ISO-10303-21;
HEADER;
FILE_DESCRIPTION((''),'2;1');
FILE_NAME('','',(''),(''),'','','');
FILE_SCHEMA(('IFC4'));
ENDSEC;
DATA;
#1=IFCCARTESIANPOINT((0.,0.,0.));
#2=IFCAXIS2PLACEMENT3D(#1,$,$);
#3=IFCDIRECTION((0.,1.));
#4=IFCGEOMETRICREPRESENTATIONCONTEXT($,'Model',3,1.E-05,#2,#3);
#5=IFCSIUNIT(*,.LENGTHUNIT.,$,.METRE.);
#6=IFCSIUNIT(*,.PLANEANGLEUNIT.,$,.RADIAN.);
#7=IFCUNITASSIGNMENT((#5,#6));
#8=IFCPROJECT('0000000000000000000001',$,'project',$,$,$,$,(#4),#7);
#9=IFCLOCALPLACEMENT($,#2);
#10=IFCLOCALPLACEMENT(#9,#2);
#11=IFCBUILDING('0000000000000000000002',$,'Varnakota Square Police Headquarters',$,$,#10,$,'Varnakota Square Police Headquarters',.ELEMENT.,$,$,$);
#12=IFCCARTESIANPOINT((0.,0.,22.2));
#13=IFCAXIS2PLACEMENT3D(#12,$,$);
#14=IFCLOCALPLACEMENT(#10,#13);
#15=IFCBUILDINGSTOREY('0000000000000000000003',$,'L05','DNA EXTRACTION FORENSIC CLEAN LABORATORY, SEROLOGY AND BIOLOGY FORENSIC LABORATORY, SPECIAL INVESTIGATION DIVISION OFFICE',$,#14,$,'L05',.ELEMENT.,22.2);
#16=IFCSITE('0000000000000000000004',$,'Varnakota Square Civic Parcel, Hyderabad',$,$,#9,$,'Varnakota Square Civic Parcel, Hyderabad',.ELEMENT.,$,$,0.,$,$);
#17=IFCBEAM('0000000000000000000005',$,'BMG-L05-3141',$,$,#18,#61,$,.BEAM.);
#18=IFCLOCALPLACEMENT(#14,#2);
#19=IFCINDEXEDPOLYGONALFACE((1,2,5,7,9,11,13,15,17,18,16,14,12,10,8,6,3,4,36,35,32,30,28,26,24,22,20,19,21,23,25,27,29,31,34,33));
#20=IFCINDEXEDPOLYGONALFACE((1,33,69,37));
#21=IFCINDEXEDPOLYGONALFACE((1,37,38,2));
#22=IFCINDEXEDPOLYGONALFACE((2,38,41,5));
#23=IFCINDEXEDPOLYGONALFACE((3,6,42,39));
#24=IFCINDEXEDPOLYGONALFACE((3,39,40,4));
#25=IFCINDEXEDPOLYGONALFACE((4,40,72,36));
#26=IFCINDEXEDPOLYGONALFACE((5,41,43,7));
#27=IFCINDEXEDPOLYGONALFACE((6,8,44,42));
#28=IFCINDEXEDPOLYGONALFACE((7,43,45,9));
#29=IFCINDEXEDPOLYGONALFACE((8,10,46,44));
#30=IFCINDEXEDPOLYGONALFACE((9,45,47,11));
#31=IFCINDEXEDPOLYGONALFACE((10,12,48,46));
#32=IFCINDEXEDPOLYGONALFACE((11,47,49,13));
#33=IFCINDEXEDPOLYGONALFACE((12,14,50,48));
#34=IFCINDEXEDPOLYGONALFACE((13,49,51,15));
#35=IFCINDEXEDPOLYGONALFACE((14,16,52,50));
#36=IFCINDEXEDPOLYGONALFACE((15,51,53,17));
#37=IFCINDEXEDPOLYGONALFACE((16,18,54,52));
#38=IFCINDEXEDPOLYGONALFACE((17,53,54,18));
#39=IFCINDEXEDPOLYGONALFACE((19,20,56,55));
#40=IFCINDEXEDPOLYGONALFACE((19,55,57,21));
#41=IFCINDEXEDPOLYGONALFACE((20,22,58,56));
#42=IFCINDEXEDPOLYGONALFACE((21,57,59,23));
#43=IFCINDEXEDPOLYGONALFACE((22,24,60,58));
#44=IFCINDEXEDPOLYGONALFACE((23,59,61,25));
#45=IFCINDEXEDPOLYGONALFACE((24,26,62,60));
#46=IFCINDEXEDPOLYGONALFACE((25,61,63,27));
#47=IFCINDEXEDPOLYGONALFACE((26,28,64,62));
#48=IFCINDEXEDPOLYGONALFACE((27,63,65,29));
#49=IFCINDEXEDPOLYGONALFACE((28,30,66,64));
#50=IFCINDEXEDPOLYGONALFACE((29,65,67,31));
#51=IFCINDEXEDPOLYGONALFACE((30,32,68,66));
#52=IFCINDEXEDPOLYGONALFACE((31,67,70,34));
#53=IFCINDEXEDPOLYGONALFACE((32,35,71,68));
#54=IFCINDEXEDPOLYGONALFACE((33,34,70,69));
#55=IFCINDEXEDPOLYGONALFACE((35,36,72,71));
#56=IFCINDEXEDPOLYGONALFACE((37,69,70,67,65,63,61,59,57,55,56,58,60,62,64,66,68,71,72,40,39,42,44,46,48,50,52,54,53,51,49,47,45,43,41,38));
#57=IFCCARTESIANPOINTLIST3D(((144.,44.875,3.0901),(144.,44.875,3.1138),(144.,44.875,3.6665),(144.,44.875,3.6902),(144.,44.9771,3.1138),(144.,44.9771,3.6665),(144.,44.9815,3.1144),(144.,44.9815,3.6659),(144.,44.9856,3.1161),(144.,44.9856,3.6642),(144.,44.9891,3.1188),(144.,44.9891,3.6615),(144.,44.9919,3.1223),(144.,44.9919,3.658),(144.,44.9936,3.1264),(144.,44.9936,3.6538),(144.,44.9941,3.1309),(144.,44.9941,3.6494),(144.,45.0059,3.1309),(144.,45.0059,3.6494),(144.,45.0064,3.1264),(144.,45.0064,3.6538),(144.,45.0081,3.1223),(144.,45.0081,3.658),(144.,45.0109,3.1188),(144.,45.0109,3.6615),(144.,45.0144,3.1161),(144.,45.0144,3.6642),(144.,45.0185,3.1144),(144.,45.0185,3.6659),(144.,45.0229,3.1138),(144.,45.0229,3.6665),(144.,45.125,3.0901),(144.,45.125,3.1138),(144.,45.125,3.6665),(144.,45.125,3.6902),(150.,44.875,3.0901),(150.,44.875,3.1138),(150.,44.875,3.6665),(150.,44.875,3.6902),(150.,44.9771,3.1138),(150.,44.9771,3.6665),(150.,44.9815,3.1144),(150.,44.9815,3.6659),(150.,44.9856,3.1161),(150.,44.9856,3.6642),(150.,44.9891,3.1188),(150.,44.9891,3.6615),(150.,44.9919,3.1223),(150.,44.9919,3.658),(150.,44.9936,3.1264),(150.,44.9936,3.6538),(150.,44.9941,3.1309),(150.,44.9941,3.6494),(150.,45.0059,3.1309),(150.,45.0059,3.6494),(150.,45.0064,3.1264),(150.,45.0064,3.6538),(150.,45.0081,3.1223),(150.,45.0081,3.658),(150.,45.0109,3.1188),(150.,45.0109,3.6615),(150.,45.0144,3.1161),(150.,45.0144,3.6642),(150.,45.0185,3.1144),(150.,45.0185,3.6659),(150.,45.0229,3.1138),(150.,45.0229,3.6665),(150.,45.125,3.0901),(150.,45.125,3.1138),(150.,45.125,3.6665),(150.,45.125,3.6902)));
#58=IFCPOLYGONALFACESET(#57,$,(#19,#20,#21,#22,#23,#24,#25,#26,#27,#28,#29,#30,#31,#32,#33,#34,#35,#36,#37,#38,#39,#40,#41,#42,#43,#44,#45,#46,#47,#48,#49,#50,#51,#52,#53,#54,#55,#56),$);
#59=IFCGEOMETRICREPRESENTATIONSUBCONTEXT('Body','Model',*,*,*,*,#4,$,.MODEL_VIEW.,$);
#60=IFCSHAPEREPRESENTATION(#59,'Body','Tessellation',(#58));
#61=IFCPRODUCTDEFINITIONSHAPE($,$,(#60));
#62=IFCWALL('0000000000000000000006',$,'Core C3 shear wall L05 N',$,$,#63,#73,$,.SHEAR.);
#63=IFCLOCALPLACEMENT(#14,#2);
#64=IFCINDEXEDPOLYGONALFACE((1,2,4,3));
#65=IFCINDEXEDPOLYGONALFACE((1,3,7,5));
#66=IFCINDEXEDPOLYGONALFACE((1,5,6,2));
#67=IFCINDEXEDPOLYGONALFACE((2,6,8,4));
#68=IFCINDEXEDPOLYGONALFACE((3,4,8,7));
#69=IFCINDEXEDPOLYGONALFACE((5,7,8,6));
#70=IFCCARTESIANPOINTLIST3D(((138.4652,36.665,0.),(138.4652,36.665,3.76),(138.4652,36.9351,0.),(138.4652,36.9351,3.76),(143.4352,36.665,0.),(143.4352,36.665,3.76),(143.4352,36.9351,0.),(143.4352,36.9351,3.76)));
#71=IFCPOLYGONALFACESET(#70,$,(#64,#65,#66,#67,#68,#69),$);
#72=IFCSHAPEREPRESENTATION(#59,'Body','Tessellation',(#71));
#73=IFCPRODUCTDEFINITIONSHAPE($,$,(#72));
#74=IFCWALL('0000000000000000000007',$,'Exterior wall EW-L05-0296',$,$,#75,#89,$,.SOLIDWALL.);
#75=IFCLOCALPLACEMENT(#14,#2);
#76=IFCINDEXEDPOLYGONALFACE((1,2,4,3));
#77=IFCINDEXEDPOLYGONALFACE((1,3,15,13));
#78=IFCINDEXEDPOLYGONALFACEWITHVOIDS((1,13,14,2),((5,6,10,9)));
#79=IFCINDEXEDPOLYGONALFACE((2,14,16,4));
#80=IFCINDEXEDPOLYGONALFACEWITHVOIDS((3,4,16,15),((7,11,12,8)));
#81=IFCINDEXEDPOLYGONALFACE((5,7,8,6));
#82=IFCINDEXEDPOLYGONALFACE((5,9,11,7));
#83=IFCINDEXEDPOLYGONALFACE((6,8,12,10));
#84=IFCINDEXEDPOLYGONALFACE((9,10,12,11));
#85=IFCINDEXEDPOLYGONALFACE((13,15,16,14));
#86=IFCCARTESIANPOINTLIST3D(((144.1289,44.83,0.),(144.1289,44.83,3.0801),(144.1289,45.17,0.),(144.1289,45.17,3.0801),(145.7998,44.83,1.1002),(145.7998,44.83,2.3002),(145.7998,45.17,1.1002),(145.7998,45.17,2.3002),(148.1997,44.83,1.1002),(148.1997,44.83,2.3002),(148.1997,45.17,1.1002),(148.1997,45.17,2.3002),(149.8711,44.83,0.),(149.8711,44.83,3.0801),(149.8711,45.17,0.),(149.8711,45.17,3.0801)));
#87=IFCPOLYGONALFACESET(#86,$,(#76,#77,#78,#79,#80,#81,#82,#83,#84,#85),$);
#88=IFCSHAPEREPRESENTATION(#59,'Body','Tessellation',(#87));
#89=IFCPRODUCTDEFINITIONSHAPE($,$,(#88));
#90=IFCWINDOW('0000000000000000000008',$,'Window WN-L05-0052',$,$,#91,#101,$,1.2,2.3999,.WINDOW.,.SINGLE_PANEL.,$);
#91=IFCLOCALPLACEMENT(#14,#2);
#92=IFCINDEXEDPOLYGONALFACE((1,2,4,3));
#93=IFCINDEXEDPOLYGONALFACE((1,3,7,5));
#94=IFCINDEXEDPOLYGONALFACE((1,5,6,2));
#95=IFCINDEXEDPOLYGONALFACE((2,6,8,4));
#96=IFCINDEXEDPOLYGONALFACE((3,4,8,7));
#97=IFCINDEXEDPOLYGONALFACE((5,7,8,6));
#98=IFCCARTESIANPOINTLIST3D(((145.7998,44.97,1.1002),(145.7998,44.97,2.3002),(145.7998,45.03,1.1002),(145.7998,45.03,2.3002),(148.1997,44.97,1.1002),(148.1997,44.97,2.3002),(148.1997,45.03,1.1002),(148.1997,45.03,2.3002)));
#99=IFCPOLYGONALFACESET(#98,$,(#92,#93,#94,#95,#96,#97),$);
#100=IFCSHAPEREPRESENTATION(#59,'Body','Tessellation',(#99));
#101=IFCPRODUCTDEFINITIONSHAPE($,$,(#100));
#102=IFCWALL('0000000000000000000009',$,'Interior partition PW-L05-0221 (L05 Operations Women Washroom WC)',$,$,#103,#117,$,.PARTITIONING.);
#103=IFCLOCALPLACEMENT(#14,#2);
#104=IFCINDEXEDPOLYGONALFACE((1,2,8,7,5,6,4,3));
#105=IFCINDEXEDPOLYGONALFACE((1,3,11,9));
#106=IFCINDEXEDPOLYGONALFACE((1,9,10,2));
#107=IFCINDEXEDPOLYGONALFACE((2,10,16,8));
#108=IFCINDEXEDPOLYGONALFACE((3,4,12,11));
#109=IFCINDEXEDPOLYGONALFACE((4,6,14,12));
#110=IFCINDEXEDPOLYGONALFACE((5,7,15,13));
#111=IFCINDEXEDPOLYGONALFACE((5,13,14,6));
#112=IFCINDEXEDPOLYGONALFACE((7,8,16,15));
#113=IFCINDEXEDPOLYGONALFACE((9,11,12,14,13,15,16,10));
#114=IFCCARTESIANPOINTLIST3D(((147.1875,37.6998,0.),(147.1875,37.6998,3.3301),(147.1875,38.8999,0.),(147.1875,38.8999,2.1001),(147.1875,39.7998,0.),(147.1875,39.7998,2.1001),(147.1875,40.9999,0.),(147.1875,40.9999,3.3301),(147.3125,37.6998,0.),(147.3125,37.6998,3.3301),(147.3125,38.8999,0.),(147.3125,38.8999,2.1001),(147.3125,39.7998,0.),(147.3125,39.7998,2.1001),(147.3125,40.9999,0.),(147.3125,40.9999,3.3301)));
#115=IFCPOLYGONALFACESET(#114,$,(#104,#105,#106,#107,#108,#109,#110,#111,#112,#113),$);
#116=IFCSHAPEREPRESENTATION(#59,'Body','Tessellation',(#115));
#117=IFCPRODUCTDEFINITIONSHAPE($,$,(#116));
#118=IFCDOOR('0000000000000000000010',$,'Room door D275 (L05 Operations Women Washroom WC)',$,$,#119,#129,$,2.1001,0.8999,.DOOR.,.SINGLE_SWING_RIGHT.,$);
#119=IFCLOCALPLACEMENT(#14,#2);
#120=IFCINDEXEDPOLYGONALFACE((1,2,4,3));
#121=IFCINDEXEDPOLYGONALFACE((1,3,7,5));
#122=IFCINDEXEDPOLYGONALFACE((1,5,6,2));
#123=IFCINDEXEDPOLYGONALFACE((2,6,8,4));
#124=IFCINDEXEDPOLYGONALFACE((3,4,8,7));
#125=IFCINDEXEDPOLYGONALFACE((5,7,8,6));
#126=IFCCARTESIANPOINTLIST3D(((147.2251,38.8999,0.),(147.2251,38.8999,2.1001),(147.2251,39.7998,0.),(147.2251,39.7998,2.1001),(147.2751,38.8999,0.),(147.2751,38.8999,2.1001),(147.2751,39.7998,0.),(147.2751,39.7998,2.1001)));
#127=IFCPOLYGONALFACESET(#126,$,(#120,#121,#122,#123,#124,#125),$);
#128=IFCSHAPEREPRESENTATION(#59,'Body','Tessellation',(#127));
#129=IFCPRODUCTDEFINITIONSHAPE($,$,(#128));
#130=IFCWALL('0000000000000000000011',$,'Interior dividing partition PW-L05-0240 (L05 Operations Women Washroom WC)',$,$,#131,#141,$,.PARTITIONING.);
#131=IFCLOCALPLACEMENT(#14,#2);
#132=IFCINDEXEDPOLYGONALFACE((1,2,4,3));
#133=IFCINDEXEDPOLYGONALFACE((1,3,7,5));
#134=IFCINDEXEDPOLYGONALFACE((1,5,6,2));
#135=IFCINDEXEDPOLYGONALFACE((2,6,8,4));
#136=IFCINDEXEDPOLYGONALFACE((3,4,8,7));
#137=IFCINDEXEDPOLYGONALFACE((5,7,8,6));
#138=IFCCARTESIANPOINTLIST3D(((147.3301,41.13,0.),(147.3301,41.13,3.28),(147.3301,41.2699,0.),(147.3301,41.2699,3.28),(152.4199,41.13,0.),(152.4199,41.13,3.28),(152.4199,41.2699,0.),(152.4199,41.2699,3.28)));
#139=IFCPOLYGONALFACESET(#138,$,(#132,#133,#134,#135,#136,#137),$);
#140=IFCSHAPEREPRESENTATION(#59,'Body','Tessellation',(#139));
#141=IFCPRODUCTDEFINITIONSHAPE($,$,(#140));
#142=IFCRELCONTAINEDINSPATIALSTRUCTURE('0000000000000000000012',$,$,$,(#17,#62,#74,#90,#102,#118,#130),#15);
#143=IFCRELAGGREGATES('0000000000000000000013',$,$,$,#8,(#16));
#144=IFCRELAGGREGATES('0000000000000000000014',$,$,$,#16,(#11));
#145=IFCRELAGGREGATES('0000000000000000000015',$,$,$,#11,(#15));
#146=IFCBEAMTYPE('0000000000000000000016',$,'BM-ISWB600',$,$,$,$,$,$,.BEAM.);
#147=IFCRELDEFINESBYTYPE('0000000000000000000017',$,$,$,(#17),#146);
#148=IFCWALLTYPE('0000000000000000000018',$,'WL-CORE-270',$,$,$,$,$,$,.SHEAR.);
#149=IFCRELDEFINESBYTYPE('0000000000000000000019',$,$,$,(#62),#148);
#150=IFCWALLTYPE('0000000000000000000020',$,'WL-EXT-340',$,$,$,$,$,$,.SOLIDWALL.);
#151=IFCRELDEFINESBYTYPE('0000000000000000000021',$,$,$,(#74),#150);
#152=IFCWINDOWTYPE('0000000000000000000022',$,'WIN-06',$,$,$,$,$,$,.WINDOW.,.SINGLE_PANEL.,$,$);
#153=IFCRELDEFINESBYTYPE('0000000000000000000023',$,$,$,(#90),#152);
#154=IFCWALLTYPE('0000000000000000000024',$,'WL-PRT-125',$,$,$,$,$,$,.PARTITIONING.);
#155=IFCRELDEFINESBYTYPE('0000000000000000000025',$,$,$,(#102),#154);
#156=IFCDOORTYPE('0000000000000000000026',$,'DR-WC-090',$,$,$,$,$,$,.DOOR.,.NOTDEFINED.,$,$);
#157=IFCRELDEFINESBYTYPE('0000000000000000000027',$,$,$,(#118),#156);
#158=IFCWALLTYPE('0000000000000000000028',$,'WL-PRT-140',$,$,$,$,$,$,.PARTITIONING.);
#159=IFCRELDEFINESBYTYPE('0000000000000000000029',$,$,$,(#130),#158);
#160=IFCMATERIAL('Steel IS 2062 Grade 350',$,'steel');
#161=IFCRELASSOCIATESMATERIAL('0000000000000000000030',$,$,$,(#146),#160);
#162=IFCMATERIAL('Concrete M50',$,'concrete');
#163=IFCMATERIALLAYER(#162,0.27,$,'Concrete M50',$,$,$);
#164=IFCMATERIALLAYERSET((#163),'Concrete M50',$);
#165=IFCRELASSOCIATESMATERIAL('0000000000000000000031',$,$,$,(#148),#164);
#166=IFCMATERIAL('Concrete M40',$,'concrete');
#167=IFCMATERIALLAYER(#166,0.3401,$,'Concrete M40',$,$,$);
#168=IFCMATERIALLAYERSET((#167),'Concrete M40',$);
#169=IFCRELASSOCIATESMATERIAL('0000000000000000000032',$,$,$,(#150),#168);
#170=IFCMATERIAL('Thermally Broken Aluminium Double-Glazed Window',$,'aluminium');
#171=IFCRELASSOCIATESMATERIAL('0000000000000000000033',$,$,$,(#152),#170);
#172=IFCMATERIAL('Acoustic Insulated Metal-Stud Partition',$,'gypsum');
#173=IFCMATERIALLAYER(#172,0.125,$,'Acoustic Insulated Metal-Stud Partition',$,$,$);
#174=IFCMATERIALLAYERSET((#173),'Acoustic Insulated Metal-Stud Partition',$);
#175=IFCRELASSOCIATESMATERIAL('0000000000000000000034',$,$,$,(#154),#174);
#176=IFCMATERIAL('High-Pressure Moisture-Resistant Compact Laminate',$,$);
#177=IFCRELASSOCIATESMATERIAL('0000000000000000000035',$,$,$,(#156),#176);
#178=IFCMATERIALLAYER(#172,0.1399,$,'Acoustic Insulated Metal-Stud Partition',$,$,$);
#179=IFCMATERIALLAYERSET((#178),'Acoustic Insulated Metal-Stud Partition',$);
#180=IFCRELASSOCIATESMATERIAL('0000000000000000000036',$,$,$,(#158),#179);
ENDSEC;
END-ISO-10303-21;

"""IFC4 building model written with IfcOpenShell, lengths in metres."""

from ifc_helpers import new_model, si_unit, direction, frame, frame_2d, origin, origin_2d, place, context, subcontext, project, spatial, rectangle, i_section, extrude, material, layer, layer_set, material_profile, profile_set, type_object, element, fill, save


model = new_model("IFC4")

# Units and contexts
model_context = context("Model", 3, precision=1e-05, world=origin(), true_north=direction((0.0, 1.0)))
body_context = subcontext(model_context, "Body", "Model", "MODEL_VIEW")
ifc_project = project(units=[si_unit("LENGTHUNIT", "METRE"), si_unit("PLANEANGLEUNIT", "RADIAN")], contexts=[model_context])

# Site, building, storey
site_placement = place(None, origin())
site = spatial("IfcSite", under=ifc_project, at=site_placement, Name="Varnakota Square Civic Parcel, Hyderabad", LongName="Varnakota Square Civic Parcel, Hyderabad", CompositionType="ELEMENT", RefElevation=0.0)
building_placement = place(site_placement, origin())
building = spatial("IfcBuilding", under=site, at=building_placement, Name="Varnakota Square Police Headquarters", LongName="Varnakota Square Police Headquarters", CompositionType="ELEMENT")
storey_placement = place(building_placement, frame((0.0, 0.0, 22.2)))
storey = spatial("IfcBuildingStorey", under=building, at=storey_placement, Name="L05", Description="DNA EXTRACTION FORENSIC CLEAN LABORATORY, SEROLOGY AND BIOLOGY FORENSIC LABORATORY, SPECIAL INVESTIGATION DIVISION OFFICE", LongName="L05", CompositionType="ELEMENT", Elevation=22.2)

# Shared definitions
ifc_material_1 = material(Name="Steel IS 2062 Grade 350", Category="steel")

# Beam
ifc_material_profile_1 = material_profile(ifc_material_1, i_section(OverallWidth=0.25, OverallDepth=0.6001, WebThickness=0.0117, FlangeThickness=0.0237, FilletRadius=0.0171, at=origin_2d()), Name="ISWB 600")
ifc_profile_set_1 = profile_set([ifc_material_profile_1], Name="Steel IS 2062 Grade 350")
beam_type_1 = type_object("IfcBeamType", Name="BM-ISWB600", PredefinedType="BEAM", material=ifc_profile_set_1)
beam_1_placement = place(storey_placement, frame((144.0, 45.0, 3.3901), z_axis=(1.0, 0.0, 0.0), x_axis=(0.0, 1.0, 0.0)))
element("IfcBeam", 1, at=beam_1_placement, inside=storey, type_object=beam_type_1, Name="BMG-L05-3141", PredefinedType="BEAM", context=body_context, shape_type="SweptSolid", body=[
    extrude(i_section(OverallWidth=0.25, OverallDepth=0.6001, WebThickness=0.0117, FlangeThickness=0.0237, FilletRadius=0.0171, at=origin_2d()), origin(), (0.0, 0.0, 1.0), 6.0),
])

# Wall
ifc_material_2 = material(Name="Concrete M50", Category="concrete")
ifc_layer_1 = layer(ifc_material_2, 0.27, Name="Concrete M50")
ifc_layer_set_1 = layer_set([ifc_layer_1], Name="Concrete M50")
wall_type_1 = type_object("IfcWallType", Name="WL-CORE-270", PredefinedType="SHEAR", material=ifc_layer_set_1)
wall_1_placement = place(storey_placement, frame((143.4351, 36.8, 0.0), z_axis=(0.0, 0.0, 1.0), x_axis=(-1.0, 0.0, 0.0)))
element("IfcWall", 2, at=wall_1_placement, inside=storey, type_object=wall_type_1, Name="Core C3 shear wall L05 N", PredefinedType="SHEAR", context=body_context, shape_type="SweptSolid", body=[
    extrude(rectangle(XDim=4.97, YDim=0.27, at=frame_2d((2.4849, 0.0))), origin(), (0.0, 0.0, 1.0), 3.76),
])

# Wall, opening, window
ifc_material_3 = material(Name="Concrete M40", Category="concrete")
ifc_layer_2 = layer(ifc_material_3, 0.3401, Name="Concrete M40")
ifc_layer_set_2 = layer_set([ifc_layer_2], Name="Concrete M40")
wall_type_2 = type_object("IfcWallType", Name="WL-EXT-340", PredefinedType="SOLIDWALL", material=ifc_layer_set_2)
wall_2_placement = place(storey_placement, frame((144.1289, 45.0, 0.0), z_axis=(0.0, 0.0, 1.0), x_axis=(1.0, 0.0, 0.0)))
wall_2 = element("IfcWall", 3, at=wall_2_placement, inside=storey, type_object=wall_type_2, Name="Exterior wall EW-L05-0296", PredefinedType="SOLIDWALL", context=body_context, shape_type="SweptSolid", body=[
    extrude(rectangle(XDim=5.7422, YDim=0.3401, at=frame_2d((2.8711, 0.0))), origin(), (0.0, 0.0, 1.0), 3.0801),
])
opening_1_placement = place(wall_2_placement, frame((1.6709, 0.0, 1.1001)))
opening_1 = element("IfcOpeningElement", 4, at=opening_1_placement, cuts=wall_2, PredefinedType="OPENING", context=body_context, shape_type="SweptSolid", body=[
    extrude(rectangle(XDim=2.3999, YDim=1.2, at=frame_2d((1.2, 0.6001))), frame((0.0, 0.1799, 0.0), z_axis=(0.0, -1.0, 0.0), x_axis=(1.0, 0.0, 0.0)), (0.0, 0.0, 1.0), 0.3601),
])
ifc_material_4 = material(Name="Thermally Broken Aluminium Double-Glazed Window", Category="aluminium")
window_type = type_object("IfcWindowType", Name="WIN-06", PartitioningType="SINGLE_PANEL", PredefinedType="WINDOW", material=ifc_material_4)
window_placement = place(opening_1_placement, origin())
window = element("IfcWindow", 5, at=window_placement, inside=storey, type_object=window_type, Name="Window WN-L05-0052", OverallHeight=1.2, OverallWidth=2.3999, PartitioningType="SINGLE_PANEL", PredefinedType="WINDOW", context=body_context, shape_type="SweptSolid", body=[
    extrude(rectangle(XDim=2.3999, YDim=1.2, at=frame_2d((1.2, 0.6001))), frame((0.0, 0.03, 0.0), z_axis=(0.0, -1.0, 0.0), x_axis=(1.0, 0.0, 0.0)), (0.0, 0.0, 1.0), 0.0601),
])
fill(opening_1, window)

# Wall, opening, door
ifc_material_5 = material(Name="Acoustic Insulated Metal-Stud Partition", Category="gypsum")
ifc_layer_3 = layer(ifc_material_5, 0.125, Name="Acoustic Insulated Metal-Stud Partition")
ifc_layer_set_3 = layer_set([ifc_layer_3], Name="Acoustic Insulated Metal-Stud Partition")
wall_type_3 = type_object("IfcWallType", Name="WL-PRT-125", PredefinedType="PARTITIONING", material=ifc_layer_set_3)
wall_3_placement = place(storey_placement, frame((147.25, 37.7, 0.0), z_axis=(0.0, 0.0, 1.0), x_axis=(0.0, 1.0, 0.0)))
wall_3 = element("IfcWall", 6, at=wall_3_placement, inside=storey, type_object=wall_type_3, Name="Interior partition PW-L05-0221 (L05 Operations Women Washroom WC)", PredefinedType="PARTITIONING", context=body_context, shape_type="SweptSolid", body=[
    extrude(rectangle(XDim=3.3, YDim=0.125, at=frame_2d((1.6499, 0.0))), origin(), (0.0, 0.0, 1.0), 3.3301),
])
opening_2_placement = place(wall_3_placement, frame((1.2, 0.0, 0.0)))
opening_2 = element("IfcOpeningElement", 7, at=opening_2_placement, cuts=wall_3, PredefinedType="OPENING", context=body_context, shape_type="SweptSolid", body=[
    extrude(rectangle(XDim=0.8999, YDim=2.1001, at=frame_2d((0.45, 1.05))), frame((0.0, 0.0725, 0.0), z_axis=(0.0, -1.0, 0.0), x_axis=(1.0, 0.0, 0.0)), (0.0, 0.0, 1.0), 0.145),
])
ifc_material_6 = material(Name="High-Pressure Moisture-Resistant Compact Laminate")
door_type = type_object("IfcDoorType", Name="DR-WC-090", OperationType="NOTDEFINED", PredefinedType="DOOR", material=ifc_material_6)
door_placement = place(opening_2_placement, origin())
door = element("IfcDoor", 8, at=door_placement, inside=storey, type_object=door_type, Name="Room door D275 (L05 Operations Women Washroom WC)", OperationType="SINGLE_SWING_RIGHT", OverallHeight=2.1001, OverallWidth=0.8999, PredefinedType="DOOR", context=body_context, shape_type="SweptSolid", body=[
    extrude(rectangle(XDim=0.8999, YDim=2.1001, at=frame_2d((0.45, 1.05))), frame((0.0, 0.0249, 0.0), z_axis=(0.0, -1.0, 0.0), x_axis=(1.0, 0.0, 0.0)), (0.0, 0.0, 1.0), 0.05),
])
fill(opening_2, door)

# Wall
ifc_layer_4 = layer(ifc_material_5, 0.1399, Name="Acoustic Insulated Metal-Stud Partition")
ifc_layer_set_4 = layer_set([ifc_layer_4], Name="Acoustic Insulated Metal-Stud Partition")
wall_type_4 = type_object("IfcWallType", Name="WL-PRT-140", PredefinedType="PARTITIONING", material=ifc_layer_set_4)
wall_4_placement = place(storey_placement, frame((147.3301, 41.2, 0.0), z_axis=(0.0, 0.0, 1.0), x_axis=(1.0, 0.0, 0.0)))
element("IfcWall", 9, at=wall_4_placement, inside=storey, type_object=wall_type_4, Name="Interior dividing partition PW-L05-0240 (L05 Operations Women Washroom WC)", PredefinedType="PARTITIONING", context=body_context, shape_type="SweptSolid", body=[
    extrude(rectangle(XDim=5.0898, YDim=0.1399, at=frame_2d((2.5449, 0.0))), origin(), (0.0, 0.0, 1.0), 3.28),
])

save(model, "model.ifc")
